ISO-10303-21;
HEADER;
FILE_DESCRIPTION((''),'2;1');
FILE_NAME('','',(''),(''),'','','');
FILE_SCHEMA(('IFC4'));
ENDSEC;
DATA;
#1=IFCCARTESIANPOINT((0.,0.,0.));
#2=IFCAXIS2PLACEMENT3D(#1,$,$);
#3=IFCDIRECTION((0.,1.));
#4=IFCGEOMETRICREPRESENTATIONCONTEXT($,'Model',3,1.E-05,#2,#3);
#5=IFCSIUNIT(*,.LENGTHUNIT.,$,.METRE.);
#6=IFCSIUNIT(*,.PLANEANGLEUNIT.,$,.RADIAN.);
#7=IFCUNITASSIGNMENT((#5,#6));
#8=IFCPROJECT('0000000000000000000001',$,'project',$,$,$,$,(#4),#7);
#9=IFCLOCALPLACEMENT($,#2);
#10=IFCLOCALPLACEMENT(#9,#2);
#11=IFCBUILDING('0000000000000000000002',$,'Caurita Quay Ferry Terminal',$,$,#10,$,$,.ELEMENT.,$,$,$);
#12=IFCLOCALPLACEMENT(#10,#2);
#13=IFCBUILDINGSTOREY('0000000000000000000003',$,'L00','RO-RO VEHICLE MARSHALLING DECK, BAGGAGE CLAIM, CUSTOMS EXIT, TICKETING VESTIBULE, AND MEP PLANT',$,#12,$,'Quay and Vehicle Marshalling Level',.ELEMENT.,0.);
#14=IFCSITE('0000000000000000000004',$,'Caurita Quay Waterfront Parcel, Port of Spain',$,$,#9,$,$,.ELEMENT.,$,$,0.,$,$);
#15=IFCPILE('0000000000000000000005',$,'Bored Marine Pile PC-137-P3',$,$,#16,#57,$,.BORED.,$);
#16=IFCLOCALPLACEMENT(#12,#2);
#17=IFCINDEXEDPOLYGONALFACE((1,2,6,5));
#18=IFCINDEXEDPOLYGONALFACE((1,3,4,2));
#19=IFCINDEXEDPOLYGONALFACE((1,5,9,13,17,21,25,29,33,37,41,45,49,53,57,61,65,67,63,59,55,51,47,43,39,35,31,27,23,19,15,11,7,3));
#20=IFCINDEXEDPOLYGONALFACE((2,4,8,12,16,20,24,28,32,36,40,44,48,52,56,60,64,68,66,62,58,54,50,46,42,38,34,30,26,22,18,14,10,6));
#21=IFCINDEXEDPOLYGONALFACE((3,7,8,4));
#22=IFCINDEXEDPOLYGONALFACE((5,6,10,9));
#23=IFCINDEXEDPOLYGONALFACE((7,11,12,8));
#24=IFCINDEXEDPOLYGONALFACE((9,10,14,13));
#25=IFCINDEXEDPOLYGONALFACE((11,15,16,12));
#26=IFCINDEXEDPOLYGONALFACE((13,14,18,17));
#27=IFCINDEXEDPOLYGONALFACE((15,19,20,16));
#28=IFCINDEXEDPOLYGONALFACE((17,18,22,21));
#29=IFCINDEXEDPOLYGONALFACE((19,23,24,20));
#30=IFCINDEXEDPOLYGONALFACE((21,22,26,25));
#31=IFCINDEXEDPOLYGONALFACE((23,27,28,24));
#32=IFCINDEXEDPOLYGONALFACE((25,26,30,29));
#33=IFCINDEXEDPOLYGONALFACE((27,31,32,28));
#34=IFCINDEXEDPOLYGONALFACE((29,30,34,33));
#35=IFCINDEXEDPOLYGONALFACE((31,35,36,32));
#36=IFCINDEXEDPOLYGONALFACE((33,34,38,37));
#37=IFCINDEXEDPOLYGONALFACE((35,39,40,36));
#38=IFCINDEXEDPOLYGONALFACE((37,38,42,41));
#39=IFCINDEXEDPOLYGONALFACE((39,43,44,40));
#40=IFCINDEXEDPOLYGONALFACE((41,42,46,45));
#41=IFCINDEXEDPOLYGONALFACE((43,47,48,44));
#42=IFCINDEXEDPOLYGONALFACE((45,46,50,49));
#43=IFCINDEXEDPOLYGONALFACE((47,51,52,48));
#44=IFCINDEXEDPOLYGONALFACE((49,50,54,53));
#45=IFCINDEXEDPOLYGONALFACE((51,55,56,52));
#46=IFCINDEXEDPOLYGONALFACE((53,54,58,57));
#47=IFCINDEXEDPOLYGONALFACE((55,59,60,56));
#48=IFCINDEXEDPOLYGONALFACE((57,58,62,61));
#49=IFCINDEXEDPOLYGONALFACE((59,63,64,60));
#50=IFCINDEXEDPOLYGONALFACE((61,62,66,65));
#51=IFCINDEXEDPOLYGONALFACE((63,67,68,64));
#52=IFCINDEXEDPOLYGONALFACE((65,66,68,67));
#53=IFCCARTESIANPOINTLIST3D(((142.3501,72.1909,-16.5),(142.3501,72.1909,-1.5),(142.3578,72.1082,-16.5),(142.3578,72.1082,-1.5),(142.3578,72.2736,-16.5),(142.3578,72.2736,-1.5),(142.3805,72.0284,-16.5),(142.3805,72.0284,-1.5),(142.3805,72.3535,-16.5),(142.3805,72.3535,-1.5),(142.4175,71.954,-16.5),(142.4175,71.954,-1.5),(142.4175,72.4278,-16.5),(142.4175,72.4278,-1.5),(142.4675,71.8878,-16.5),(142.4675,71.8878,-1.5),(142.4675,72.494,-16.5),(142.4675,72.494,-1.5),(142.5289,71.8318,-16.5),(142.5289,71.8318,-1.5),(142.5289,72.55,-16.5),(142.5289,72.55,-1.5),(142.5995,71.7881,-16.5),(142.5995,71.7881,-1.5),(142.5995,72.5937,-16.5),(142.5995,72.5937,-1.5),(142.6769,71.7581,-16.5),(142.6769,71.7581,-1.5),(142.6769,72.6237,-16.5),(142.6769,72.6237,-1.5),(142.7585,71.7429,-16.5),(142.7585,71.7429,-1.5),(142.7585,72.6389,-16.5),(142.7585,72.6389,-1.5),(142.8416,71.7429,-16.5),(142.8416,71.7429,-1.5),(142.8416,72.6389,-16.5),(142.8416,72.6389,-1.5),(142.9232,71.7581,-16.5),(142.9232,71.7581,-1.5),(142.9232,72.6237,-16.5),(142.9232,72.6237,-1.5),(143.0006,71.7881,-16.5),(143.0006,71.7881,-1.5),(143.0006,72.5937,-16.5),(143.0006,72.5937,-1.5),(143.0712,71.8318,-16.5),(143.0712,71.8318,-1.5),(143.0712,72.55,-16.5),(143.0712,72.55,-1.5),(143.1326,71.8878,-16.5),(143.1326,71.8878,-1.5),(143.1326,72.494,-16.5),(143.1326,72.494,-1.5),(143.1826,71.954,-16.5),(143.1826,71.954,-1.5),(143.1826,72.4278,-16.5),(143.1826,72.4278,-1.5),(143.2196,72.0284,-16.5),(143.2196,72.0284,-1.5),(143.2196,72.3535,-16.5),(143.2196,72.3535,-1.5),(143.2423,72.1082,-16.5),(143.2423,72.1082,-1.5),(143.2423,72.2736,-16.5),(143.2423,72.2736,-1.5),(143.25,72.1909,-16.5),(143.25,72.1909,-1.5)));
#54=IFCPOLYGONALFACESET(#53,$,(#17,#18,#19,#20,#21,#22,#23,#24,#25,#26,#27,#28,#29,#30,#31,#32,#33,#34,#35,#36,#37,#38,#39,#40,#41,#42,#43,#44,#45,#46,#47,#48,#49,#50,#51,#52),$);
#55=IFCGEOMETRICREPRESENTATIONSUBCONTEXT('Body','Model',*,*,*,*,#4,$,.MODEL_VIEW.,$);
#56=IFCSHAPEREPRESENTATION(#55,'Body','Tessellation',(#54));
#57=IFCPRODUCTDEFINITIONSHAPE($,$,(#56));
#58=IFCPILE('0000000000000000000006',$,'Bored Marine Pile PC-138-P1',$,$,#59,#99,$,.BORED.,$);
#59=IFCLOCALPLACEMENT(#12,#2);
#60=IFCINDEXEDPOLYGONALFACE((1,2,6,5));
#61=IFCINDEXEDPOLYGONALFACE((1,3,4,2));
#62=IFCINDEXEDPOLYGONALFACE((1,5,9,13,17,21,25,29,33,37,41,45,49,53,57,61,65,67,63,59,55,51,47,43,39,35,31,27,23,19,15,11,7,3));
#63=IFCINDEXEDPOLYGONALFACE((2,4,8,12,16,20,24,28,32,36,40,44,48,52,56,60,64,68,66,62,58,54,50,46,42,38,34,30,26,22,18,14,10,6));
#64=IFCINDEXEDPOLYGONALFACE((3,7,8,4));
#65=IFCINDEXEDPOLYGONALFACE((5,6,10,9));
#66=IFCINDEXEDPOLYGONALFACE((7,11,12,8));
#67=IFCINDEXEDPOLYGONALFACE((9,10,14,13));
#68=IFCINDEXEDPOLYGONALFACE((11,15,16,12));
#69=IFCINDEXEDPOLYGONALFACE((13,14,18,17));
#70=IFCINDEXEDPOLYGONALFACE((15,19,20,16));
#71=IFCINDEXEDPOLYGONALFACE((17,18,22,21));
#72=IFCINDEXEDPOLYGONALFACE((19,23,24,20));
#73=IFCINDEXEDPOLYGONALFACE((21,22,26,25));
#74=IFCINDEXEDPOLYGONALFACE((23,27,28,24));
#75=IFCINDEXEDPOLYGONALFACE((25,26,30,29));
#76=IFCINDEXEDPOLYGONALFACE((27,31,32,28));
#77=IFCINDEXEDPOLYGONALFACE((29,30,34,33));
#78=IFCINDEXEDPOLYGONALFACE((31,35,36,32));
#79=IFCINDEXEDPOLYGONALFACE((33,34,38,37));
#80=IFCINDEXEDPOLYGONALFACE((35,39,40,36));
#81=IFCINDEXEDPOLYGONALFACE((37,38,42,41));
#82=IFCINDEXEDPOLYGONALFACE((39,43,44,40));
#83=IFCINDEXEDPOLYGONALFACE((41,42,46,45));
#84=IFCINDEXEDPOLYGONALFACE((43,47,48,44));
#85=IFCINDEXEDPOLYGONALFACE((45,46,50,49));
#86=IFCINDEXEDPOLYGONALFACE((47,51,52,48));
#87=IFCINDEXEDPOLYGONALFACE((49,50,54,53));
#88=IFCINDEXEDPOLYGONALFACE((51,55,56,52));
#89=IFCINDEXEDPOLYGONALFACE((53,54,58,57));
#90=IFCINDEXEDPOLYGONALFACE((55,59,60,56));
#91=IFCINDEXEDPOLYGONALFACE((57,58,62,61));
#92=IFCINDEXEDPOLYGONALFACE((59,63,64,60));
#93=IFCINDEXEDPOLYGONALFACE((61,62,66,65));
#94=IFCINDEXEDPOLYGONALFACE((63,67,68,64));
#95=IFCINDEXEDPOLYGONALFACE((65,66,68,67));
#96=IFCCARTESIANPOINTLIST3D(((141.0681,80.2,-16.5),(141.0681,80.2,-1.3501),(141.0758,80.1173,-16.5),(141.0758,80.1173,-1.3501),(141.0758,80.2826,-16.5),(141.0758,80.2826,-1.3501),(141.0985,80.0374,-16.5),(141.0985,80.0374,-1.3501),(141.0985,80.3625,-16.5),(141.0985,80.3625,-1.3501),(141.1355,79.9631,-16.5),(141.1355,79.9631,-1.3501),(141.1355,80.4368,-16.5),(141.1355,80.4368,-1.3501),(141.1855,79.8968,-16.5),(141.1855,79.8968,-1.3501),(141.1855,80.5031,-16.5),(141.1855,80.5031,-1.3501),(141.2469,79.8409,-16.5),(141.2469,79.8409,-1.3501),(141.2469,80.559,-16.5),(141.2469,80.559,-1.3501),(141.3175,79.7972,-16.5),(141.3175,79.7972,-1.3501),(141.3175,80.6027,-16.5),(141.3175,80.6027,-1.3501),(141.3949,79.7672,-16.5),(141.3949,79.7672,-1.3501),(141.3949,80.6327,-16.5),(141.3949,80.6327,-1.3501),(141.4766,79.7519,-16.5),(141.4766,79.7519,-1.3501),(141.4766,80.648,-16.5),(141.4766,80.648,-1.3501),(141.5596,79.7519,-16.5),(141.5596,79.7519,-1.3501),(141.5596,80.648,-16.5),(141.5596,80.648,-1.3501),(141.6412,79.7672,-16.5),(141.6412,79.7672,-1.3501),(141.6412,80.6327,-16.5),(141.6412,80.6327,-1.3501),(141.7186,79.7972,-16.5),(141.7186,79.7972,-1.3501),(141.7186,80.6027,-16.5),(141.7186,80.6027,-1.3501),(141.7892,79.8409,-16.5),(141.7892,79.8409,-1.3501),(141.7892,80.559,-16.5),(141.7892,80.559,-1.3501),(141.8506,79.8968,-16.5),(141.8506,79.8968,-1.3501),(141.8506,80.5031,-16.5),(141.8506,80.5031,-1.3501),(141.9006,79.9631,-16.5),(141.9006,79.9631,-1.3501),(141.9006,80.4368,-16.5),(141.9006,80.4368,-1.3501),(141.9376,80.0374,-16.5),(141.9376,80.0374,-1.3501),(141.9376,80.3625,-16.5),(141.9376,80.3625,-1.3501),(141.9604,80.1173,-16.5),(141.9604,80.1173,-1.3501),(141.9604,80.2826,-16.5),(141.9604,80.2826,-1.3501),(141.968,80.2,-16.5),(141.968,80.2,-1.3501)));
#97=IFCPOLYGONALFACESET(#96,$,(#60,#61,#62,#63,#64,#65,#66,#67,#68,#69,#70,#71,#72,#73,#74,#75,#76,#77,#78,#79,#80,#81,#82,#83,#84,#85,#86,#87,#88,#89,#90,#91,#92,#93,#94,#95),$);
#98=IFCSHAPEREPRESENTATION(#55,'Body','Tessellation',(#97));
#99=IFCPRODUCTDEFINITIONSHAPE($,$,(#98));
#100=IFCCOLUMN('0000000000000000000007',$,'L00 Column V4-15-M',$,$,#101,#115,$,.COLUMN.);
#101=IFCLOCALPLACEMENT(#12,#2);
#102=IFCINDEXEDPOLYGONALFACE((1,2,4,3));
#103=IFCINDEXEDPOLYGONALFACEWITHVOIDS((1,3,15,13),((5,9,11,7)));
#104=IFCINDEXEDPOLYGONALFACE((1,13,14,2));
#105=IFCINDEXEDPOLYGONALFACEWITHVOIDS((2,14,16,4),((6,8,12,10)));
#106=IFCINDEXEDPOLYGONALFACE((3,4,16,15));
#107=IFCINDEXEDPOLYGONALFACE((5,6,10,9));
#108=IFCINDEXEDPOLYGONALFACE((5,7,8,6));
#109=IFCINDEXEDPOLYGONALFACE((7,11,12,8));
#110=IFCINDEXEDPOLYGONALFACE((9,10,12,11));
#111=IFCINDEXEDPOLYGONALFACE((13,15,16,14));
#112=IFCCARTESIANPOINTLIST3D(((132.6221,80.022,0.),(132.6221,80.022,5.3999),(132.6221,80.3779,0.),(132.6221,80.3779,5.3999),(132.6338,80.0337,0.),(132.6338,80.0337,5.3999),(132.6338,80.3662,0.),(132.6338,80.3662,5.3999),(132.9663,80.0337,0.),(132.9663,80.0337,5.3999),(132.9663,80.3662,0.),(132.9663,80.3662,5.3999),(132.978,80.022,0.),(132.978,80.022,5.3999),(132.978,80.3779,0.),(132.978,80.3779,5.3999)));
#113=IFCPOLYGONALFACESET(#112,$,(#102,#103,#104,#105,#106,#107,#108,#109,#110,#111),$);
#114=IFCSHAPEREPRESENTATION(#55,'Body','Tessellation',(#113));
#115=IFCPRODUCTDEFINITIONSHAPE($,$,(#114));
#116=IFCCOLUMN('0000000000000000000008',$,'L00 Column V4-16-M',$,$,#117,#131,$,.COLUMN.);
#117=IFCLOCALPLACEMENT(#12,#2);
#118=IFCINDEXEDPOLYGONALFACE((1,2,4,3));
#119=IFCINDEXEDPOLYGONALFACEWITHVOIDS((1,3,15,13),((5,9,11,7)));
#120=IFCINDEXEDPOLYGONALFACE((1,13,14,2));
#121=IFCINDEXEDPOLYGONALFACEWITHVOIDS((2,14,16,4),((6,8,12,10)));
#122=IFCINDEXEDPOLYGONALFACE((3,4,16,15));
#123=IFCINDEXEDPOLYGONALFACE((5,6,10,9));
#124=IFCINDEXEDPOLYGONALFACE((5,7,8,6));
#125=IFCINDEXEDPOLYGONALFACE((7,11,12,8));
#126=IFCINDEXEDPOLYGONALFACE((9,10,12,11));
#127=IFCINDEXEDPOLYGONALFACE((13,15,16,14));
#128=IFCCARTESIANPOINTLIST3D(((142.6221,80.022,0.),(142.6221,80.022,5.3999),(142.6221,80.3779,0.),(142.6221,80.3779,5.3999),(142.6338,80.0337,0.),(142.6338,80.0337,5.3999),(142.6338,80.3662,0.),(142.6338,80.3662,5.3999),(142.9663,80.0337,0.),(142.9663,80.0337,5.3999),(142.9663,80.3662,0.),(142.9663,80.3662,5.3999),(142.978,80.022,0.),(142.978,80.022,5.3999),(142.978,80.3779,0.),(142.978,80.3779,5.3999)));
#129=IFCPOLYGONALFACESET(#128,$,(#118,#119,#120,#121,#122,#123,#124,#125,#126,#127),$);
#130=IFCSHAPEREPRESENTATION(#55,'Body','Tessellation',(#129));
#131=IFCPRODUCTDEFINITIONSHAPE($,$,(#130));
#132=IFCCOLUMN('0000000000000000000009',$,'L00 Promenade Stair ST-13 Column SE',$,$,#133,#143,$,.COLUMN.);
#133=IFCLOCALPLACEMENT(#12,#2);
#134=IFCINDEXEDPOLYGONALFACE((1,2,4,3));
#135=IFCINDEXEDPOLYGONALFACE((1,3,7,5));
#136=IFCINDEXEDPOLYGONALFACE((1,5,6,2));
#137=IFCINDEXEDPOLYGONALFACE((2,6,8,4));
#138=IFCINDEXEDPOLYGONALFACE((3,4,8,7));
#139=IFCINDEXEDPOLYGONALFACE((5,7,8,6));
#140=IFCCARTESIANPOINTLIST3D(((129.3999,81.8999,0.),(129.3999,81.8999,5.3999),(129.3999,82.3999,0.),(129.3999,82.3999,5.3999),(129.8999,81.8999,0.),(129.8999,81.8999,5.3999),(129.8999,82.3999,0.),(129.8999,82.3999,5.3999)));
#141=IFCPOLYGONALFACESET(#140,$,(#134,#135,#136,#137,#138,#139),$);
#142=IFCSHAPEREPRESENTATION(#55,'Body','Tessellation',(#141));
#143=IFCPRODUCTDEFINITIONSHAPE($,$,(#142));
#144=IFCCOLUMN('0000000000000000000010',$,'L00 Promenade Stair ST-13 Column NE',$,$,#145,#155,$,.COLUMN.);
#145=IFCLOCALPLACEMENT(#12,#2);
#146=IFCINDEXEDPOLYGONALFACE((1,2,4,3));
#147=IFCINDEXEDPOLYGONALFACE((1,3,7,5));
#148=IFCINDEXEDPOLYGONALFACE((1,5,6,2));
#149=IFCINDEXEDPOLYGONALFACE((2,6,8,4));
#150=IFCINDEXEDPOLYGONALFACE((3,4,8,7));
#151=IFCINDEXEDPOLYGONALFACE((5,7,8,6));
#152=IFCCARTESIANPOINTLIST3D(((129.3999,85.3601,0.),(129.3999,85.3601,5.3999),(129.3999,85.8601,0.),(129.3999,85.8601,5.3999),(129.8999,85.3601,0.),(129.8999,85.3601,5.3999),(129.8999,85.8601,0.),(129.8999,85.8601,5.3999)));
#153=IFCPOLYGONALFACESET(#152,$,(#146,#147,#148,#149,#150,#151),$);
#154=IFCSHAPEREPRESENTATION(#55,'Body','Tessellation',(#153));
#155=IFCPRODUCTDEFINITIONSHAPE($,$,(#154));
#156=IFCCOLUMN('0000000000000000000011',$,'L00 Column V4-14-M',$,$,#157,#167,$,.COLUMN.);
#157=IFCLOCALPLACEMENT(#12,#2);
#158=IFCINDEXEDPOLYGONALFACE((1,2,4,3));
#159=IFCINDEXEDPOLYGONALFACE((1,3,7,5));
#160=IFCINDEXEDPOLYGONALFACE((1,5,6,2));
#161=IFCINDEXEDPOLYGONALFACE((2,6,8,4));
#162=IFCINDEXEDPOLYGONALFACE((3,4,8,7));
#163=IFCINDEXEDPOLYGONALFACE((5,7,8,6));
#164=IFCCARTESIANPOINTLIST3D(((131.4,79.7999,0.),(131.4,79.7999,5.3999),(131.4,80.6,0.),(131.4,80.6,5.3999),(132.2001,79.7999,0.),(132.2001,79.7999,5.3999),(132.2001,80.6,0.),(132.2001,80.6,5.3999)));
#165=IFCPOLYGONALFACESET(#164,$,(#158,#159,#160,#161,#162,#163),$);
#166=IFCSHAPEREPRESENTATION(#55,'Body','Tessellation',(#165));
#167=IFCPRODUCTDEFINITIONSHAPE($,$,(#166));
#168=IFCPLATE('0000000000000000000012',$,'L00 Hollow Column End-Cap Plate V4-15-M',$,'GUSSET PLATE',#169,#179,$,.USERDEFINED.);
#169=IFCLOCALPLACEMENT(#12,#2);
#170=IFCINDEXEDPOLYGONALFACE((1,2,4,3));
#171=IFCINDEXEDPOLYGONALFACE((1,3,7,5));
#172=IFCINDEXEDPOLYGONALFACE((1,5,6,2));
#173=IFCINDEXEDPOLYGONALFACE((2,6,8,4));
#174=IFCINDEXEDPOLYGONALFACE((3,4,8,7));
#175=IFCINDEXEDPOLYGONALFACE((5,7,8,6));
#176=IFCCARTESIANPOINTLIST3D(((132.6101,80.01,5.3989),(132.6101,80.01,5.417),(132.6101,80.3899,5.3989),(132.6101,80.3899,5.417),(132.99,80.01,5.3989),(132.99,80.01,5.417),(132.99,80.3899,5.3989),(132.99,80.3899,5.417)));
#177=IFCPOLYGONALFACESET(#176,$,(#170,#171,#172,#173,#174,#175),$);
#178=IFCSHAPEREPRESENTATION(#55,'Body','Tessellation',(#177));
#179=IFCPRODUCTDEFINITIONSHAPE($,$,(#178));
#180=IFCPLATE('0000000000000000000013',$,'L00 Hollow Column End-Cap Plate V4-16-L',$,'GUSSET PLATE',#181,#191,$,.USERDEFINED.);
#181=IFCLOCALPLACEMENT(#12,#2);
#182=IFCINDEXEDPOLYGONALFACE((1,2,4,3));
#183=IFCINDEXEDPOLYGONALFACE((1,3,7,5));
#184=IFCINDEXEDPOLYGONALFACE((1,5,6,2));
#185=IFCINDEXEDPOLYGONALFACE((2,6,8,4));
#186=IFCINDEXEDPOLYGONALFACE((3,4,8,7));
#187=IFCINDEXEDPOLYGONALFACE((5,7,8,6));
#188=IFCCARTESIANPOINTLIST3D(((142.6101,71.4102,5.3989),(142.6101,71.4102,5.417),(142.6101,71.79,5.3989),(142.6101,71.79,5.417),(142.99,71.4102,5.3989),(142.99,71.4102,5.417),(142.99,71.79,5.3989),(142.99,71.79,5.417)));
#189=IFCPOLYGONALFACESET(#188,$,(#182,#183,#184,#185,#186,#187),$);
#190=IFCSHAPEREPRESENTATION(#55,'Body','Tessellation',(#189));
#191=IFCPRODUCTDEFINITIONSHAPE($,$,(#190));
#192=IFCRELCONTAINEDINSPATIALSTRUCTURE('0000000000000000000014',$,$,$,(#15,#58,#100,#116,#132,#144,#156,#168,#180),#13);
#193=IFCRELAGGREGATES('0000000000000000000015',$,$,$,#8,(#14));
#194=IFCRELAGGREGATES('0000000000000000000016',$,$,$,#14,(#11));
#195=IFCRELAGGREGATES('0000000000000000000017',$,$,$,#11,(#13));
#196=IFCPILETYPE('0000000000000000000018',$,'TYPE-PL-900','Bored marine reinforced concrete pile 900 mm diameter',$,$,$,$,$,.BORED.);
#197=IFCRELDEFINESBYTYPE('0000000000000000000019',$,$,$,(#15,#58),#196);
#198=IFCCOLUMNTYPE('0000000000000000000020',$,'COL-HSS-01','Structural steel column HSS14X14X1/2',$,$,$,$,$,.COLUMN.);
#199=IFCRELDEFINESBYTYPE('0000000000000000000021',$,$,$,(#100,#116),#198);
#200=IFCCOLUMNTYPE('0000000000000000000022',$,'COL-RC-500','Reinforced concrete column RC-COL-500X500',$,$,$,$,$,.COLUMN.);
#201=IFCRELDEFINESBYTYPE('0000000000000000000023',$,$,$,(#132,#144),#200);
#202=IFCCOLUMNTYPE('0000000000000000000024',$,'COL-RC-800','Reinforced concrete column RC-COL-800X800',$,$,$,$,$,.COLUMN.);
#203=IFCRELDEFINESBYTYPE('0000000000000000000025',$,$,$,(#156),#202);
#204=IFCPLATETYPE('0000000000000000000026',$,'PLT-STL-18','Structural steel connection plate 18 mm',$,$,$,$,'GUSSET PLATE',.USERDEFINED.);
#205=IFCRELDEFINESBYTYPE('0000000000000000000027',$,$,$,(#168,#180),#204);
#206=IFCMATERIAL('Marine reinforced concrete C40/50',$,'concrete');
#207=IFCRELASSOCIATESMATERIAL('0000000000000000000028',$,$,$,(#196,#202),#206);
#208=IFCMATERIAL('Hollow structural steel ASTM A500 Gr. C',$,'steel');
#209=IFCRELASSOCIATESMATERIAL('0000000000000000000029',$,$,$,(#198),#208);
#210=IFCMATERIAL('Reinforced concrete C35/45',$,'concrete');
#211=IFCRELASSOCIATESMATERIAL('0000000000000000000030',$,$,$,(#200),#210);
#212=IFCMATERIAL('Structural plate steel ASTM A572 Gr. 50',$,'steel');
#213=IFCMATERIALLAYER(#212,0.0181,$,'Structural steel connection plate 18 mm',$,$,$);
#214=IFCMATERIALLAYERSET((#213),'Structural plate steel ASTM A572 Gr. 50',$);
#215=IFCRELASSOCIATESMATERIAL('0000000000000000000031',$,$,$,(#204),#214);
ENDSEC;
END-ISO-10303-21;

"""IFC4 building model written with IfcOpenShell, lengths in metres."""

from ifc_helpers import new_model, si_unit, direction, frame, origin, origin_2d, place, context, subcontext, project, spatial, rectangle, hollow_rectangle, circle, extrude, material, layer, layer_set, material_profile, profile_set, type_object, element, save


model = new_model("IFC4")

# Units and contexts
model_context = context("Model", 3, precision=1e-05, world=origin(), true_north=direction((0.0, 1.0)))
body_context = subcontext(model_context, "Body", "Model", "MODEL_VIEW")
ifc_project = project(units=[si_unit("LENGTHUNIT", "METRE"), si_unit("PLANEANGLEUNIT", "RADIAN")], contexts=[model_context])

# Site, building, storey
site_placement = place(None, origin())
site = spatial("IfcSite", under=ifc_project, at=site_placement, Name="Caurita Quay Waterfront Parcel, Port of Spain", CompositionType="ELEMENT", RefElevation=0.0)
building_placement = place(site_placement, origin())
building = spatial("IfcBuilding", under=site, at=building_placement, Name="Caurita Quay Ferry Terminal", CompositionType="ELEMENT")
storey_placement = place(building_placement, origin())
storey = spatial("IfcBuildingStorey", under=building, at=storey_placement, Name="L00", Description="RO-RO VEHICLE MARSHALLING DECK, BAGGAGE CLAIM, CUSTOMS EXIT, TICKETING VESTIBULE, AND MEP PLANT", LongName="Quay and Vehicle Marshalling Level", CompositionType="ELEMENT", Elevation=0.0)

# Piles
ifc_material_1 = material(Name="Marine reinforced concrete C40/50", Category="concrete")
ifc_material_profile_1 = material_profile(ifc_material_1, circle(Radius=0.45, at=origin_2d()), Name="PILE-D900")
ifc_profile_set_1 = profile_set([ifc_material_profile_1], Name="Marine reinforced concrete C40/50")
pile_type_1 = type_object("IfcPileType", Name="TYPE-PL-900", Description="Bored marine reinforced concrete pile 900 mm diameter", PredefinedType="BORED", material=ifc_profile_set_1)
pile_1_placement = place(storey_placement, frame((142.8, 72.1909, -1.5), z_axis=(0.0, 0.0, -1.0), x_axis=(1.0, 0.0, 0.0)))
element("IfcPile", 1, at=pile_1_placement, inside=storey, type_object=pile_type_1, Name="Bored Marine Pile PC-137-P3", PredefinedType="BORED", context=body_context, shape_type="SweptSolid", body=[
    extrude(circle(Radius=0.45, at=origin_2d()), origin(), (0.0, 0.0, 1.0), 15.0),
])
pile_2_placement = place(storey_placement, frame((141.5181, 80.2, -1.3501), z_axis=(0.0, 0.0, -1.0), x_axis=(1.0, 0.0, 0.0)))
element("IfcPile", 2, at=pile_2_placement, inside=storey, type_object=pile_type_1, Name="Bored Marine Pile PC-138-P1", PredefinedType="BORED", context=body_context, shape_type="SweptSolid", body=[
    extrude(circle(Radius=0.45, at=origin_2d()), origin(), (0.0, 0.0, 1.0), 15.1499),
])

# Columns
ifc_material_2 = material(Name="Hollow structural steel ASTM A500 Gr. C", Category="steel")
ifc_material_profile_2 = material_profile(ifc_material_2, hollow_rectangle(XDim=0.356, YDim=0.356, WallThickness=0.0117, at=origin_2d()), Name="HSS14X14X1/2")
ifc_profile_set_2 = profile_set([ifc_material_profile_2], Name="Hollow structural steel ASTM A500 Gr. C")
column_type_1 = type_object("IfcColumnType", Name="COL-HSS-01", Description="Structural steel column HSS14X14X1/2", PredefinedType="COLUMN", material=ifc_profile_set_2)
for number, where, z_axis, x_axis, name in (
    (3, (132.8, 80.2, 0.0), (0.0, 0.0, 1.0), (1.0, 0.0, 0.0), "L00 Column V4-15-M"),
    (4, (142.8, 80.2, 0.0), (0.0, 0.0, 1.0), (1.0, 0.0, 0.0), "L00 Column V4-16-M"),
):
    element("IfcColumn", number, at=place(storey_placement, frame(where, z_axis=z_axis, x_axis=x_axis)), inside=storey, type_object=column_type_1, Name=name, PredefinedType="COLUMN", context=body_context, shape_type="SweptSolid", body=[
        extrude(hollow_rectangle(XDim=0.356, YDim=0.356, WallThickness=0.0117, at=origin_2d()), origin(), (0.0, 0.0, 1.0), 5.3999),
    ])
ifc_material_3 = material(Name="Reinforced concrete C35/45", Category="concrete")
ifc_material_profile_3 = material_profile(ifc_material_3, rectangle(XDim=0.5, YDim=0.5, at=origin_2d()), Name="RC-COL-500X500")
ifc_profile_set_3 = profile_set([ifc_material_profile_3], Name="Reinforced concrete C35/45")
column_type_2 = type_object("IfcColumnType", Name="COL-RC-500", Description="Reinforced concrete column RC-COL-500X500", PredefinedType="COLUMN", material=ifc_profile_set_3)
for number, where, z_axis, x_axis, name in (
    (5, (129.6499, 82.1499, 0.0), (0.0, 0.0, 1.0), (1.0, 0.0, 0.0), "L00 Promenade Stair ST-13 Column SE"),
    (6, (129.6499, 85.6101, 0.0), (0.0, 0.0, 1.0), (1.0, 0.0, 0.0), "L00 Promenade Stair ST-13 Column NE"),
):
    element("IfcColumn", number, at=place(storey_placement, frame(where, z_axis=z_axis, x_axis=x_axis)), inside=storey, type_object=column_type_2, Name=name, PredefinedType="COLUMN", context=body_context, shape_type="SweptSolid", body=[
        extrude(rectangle(XDim=0.5, YDim=0.5, at=origin_2d()), origin(), (0.0, 0.0, 1.0), 5.3999),
    ])
ifc_material_profile_4 = material_profile(ifc_material_1, rectangle(XDim=0.8, YDim=0.8, at=origin_2d()), Name="RC-COL-800X800")
ifc_profile_set_4 = profile_set([ifc_material_profile_4], Name="Marine reinforced concrete C40/50")
column_type_3 = type_object("IfcColumnType", Name="COL-RC-800", Description="Reinforced concrete column RC-COL-800X800", PredefinedType="COLUMN", material=ifc_profile_set_4)
column_placement = place(storey_placement, frame((131.8, 80.2, 0.0), z_axis=(0.0, 0.0, 1.0), x_axis=(1.0, 0.0, 0.0)))
element("IfcColumn", 7, at=column_placement, inside=storey, type_object=column_type_3, Name="L00 Column V4-14-M", PredefinedType="COLUMN", context=body_context, shape_type="SweptSolid", body=[
    extrude(rectangle(XDim=0.8, YDim=0.8, at=origin_2d()), origin(), (0.0, 0.0, 1.0), 5.3999),
])

# Plates
ifc_material_4 = material(Name="Structural plate steel ASTM A572 Gr. 50", Category="steel")
ifc_layer_1 = layer(ifc_material_4, 0.0181, Name="Structural steel connection plate 18 mm")
ifc_layer_set_1 = layer_set([ifc_layer_1], Name="Structural plate steel ASTM A572 Gr. 50")
plate_type = type_object("IfcPlateType", Name="PLT-STL-18", Description="Structural steel connection plate 18 mm", ElementType="GUSSET PLATE", PredefinedType="USERDEFINED", material=ifc_layer_set_1)
for number, where, z_axis, x_axis, name in (
    (8, (132.8, 80.2, 5.3989), (0.0, 0.0, 1.0), (1.0, 0.0, 0.0), "L00 Hollow Column End-Cap Plate V4-15-M"),
    (9, (142.8, 71.6001, 5.3989), (0.0, 0.0, 1.0), (1.0, 0.0, 0.0), "L00 Hollow Column End-Cap Plate V4-16-L"),
):
    element("IfcPlate", number, at=place(storey_placement, frame(where, z_axis=z_axis, x_axis=x_axis)), inside=storey, type_object=plate_type, Name=name, ObjectType="GUSSET PLATE", PredefinedType="USERDEFINED", context=body_context, shape_type="SweptSolid", body=[
        extrude(rectangle(XDim=0.3799, YDim=0.3799, at=origin_2d()), origin(), (0.0, 0.0, 1.0), 0.0181),
    ])

save(model, "model.ifc")
